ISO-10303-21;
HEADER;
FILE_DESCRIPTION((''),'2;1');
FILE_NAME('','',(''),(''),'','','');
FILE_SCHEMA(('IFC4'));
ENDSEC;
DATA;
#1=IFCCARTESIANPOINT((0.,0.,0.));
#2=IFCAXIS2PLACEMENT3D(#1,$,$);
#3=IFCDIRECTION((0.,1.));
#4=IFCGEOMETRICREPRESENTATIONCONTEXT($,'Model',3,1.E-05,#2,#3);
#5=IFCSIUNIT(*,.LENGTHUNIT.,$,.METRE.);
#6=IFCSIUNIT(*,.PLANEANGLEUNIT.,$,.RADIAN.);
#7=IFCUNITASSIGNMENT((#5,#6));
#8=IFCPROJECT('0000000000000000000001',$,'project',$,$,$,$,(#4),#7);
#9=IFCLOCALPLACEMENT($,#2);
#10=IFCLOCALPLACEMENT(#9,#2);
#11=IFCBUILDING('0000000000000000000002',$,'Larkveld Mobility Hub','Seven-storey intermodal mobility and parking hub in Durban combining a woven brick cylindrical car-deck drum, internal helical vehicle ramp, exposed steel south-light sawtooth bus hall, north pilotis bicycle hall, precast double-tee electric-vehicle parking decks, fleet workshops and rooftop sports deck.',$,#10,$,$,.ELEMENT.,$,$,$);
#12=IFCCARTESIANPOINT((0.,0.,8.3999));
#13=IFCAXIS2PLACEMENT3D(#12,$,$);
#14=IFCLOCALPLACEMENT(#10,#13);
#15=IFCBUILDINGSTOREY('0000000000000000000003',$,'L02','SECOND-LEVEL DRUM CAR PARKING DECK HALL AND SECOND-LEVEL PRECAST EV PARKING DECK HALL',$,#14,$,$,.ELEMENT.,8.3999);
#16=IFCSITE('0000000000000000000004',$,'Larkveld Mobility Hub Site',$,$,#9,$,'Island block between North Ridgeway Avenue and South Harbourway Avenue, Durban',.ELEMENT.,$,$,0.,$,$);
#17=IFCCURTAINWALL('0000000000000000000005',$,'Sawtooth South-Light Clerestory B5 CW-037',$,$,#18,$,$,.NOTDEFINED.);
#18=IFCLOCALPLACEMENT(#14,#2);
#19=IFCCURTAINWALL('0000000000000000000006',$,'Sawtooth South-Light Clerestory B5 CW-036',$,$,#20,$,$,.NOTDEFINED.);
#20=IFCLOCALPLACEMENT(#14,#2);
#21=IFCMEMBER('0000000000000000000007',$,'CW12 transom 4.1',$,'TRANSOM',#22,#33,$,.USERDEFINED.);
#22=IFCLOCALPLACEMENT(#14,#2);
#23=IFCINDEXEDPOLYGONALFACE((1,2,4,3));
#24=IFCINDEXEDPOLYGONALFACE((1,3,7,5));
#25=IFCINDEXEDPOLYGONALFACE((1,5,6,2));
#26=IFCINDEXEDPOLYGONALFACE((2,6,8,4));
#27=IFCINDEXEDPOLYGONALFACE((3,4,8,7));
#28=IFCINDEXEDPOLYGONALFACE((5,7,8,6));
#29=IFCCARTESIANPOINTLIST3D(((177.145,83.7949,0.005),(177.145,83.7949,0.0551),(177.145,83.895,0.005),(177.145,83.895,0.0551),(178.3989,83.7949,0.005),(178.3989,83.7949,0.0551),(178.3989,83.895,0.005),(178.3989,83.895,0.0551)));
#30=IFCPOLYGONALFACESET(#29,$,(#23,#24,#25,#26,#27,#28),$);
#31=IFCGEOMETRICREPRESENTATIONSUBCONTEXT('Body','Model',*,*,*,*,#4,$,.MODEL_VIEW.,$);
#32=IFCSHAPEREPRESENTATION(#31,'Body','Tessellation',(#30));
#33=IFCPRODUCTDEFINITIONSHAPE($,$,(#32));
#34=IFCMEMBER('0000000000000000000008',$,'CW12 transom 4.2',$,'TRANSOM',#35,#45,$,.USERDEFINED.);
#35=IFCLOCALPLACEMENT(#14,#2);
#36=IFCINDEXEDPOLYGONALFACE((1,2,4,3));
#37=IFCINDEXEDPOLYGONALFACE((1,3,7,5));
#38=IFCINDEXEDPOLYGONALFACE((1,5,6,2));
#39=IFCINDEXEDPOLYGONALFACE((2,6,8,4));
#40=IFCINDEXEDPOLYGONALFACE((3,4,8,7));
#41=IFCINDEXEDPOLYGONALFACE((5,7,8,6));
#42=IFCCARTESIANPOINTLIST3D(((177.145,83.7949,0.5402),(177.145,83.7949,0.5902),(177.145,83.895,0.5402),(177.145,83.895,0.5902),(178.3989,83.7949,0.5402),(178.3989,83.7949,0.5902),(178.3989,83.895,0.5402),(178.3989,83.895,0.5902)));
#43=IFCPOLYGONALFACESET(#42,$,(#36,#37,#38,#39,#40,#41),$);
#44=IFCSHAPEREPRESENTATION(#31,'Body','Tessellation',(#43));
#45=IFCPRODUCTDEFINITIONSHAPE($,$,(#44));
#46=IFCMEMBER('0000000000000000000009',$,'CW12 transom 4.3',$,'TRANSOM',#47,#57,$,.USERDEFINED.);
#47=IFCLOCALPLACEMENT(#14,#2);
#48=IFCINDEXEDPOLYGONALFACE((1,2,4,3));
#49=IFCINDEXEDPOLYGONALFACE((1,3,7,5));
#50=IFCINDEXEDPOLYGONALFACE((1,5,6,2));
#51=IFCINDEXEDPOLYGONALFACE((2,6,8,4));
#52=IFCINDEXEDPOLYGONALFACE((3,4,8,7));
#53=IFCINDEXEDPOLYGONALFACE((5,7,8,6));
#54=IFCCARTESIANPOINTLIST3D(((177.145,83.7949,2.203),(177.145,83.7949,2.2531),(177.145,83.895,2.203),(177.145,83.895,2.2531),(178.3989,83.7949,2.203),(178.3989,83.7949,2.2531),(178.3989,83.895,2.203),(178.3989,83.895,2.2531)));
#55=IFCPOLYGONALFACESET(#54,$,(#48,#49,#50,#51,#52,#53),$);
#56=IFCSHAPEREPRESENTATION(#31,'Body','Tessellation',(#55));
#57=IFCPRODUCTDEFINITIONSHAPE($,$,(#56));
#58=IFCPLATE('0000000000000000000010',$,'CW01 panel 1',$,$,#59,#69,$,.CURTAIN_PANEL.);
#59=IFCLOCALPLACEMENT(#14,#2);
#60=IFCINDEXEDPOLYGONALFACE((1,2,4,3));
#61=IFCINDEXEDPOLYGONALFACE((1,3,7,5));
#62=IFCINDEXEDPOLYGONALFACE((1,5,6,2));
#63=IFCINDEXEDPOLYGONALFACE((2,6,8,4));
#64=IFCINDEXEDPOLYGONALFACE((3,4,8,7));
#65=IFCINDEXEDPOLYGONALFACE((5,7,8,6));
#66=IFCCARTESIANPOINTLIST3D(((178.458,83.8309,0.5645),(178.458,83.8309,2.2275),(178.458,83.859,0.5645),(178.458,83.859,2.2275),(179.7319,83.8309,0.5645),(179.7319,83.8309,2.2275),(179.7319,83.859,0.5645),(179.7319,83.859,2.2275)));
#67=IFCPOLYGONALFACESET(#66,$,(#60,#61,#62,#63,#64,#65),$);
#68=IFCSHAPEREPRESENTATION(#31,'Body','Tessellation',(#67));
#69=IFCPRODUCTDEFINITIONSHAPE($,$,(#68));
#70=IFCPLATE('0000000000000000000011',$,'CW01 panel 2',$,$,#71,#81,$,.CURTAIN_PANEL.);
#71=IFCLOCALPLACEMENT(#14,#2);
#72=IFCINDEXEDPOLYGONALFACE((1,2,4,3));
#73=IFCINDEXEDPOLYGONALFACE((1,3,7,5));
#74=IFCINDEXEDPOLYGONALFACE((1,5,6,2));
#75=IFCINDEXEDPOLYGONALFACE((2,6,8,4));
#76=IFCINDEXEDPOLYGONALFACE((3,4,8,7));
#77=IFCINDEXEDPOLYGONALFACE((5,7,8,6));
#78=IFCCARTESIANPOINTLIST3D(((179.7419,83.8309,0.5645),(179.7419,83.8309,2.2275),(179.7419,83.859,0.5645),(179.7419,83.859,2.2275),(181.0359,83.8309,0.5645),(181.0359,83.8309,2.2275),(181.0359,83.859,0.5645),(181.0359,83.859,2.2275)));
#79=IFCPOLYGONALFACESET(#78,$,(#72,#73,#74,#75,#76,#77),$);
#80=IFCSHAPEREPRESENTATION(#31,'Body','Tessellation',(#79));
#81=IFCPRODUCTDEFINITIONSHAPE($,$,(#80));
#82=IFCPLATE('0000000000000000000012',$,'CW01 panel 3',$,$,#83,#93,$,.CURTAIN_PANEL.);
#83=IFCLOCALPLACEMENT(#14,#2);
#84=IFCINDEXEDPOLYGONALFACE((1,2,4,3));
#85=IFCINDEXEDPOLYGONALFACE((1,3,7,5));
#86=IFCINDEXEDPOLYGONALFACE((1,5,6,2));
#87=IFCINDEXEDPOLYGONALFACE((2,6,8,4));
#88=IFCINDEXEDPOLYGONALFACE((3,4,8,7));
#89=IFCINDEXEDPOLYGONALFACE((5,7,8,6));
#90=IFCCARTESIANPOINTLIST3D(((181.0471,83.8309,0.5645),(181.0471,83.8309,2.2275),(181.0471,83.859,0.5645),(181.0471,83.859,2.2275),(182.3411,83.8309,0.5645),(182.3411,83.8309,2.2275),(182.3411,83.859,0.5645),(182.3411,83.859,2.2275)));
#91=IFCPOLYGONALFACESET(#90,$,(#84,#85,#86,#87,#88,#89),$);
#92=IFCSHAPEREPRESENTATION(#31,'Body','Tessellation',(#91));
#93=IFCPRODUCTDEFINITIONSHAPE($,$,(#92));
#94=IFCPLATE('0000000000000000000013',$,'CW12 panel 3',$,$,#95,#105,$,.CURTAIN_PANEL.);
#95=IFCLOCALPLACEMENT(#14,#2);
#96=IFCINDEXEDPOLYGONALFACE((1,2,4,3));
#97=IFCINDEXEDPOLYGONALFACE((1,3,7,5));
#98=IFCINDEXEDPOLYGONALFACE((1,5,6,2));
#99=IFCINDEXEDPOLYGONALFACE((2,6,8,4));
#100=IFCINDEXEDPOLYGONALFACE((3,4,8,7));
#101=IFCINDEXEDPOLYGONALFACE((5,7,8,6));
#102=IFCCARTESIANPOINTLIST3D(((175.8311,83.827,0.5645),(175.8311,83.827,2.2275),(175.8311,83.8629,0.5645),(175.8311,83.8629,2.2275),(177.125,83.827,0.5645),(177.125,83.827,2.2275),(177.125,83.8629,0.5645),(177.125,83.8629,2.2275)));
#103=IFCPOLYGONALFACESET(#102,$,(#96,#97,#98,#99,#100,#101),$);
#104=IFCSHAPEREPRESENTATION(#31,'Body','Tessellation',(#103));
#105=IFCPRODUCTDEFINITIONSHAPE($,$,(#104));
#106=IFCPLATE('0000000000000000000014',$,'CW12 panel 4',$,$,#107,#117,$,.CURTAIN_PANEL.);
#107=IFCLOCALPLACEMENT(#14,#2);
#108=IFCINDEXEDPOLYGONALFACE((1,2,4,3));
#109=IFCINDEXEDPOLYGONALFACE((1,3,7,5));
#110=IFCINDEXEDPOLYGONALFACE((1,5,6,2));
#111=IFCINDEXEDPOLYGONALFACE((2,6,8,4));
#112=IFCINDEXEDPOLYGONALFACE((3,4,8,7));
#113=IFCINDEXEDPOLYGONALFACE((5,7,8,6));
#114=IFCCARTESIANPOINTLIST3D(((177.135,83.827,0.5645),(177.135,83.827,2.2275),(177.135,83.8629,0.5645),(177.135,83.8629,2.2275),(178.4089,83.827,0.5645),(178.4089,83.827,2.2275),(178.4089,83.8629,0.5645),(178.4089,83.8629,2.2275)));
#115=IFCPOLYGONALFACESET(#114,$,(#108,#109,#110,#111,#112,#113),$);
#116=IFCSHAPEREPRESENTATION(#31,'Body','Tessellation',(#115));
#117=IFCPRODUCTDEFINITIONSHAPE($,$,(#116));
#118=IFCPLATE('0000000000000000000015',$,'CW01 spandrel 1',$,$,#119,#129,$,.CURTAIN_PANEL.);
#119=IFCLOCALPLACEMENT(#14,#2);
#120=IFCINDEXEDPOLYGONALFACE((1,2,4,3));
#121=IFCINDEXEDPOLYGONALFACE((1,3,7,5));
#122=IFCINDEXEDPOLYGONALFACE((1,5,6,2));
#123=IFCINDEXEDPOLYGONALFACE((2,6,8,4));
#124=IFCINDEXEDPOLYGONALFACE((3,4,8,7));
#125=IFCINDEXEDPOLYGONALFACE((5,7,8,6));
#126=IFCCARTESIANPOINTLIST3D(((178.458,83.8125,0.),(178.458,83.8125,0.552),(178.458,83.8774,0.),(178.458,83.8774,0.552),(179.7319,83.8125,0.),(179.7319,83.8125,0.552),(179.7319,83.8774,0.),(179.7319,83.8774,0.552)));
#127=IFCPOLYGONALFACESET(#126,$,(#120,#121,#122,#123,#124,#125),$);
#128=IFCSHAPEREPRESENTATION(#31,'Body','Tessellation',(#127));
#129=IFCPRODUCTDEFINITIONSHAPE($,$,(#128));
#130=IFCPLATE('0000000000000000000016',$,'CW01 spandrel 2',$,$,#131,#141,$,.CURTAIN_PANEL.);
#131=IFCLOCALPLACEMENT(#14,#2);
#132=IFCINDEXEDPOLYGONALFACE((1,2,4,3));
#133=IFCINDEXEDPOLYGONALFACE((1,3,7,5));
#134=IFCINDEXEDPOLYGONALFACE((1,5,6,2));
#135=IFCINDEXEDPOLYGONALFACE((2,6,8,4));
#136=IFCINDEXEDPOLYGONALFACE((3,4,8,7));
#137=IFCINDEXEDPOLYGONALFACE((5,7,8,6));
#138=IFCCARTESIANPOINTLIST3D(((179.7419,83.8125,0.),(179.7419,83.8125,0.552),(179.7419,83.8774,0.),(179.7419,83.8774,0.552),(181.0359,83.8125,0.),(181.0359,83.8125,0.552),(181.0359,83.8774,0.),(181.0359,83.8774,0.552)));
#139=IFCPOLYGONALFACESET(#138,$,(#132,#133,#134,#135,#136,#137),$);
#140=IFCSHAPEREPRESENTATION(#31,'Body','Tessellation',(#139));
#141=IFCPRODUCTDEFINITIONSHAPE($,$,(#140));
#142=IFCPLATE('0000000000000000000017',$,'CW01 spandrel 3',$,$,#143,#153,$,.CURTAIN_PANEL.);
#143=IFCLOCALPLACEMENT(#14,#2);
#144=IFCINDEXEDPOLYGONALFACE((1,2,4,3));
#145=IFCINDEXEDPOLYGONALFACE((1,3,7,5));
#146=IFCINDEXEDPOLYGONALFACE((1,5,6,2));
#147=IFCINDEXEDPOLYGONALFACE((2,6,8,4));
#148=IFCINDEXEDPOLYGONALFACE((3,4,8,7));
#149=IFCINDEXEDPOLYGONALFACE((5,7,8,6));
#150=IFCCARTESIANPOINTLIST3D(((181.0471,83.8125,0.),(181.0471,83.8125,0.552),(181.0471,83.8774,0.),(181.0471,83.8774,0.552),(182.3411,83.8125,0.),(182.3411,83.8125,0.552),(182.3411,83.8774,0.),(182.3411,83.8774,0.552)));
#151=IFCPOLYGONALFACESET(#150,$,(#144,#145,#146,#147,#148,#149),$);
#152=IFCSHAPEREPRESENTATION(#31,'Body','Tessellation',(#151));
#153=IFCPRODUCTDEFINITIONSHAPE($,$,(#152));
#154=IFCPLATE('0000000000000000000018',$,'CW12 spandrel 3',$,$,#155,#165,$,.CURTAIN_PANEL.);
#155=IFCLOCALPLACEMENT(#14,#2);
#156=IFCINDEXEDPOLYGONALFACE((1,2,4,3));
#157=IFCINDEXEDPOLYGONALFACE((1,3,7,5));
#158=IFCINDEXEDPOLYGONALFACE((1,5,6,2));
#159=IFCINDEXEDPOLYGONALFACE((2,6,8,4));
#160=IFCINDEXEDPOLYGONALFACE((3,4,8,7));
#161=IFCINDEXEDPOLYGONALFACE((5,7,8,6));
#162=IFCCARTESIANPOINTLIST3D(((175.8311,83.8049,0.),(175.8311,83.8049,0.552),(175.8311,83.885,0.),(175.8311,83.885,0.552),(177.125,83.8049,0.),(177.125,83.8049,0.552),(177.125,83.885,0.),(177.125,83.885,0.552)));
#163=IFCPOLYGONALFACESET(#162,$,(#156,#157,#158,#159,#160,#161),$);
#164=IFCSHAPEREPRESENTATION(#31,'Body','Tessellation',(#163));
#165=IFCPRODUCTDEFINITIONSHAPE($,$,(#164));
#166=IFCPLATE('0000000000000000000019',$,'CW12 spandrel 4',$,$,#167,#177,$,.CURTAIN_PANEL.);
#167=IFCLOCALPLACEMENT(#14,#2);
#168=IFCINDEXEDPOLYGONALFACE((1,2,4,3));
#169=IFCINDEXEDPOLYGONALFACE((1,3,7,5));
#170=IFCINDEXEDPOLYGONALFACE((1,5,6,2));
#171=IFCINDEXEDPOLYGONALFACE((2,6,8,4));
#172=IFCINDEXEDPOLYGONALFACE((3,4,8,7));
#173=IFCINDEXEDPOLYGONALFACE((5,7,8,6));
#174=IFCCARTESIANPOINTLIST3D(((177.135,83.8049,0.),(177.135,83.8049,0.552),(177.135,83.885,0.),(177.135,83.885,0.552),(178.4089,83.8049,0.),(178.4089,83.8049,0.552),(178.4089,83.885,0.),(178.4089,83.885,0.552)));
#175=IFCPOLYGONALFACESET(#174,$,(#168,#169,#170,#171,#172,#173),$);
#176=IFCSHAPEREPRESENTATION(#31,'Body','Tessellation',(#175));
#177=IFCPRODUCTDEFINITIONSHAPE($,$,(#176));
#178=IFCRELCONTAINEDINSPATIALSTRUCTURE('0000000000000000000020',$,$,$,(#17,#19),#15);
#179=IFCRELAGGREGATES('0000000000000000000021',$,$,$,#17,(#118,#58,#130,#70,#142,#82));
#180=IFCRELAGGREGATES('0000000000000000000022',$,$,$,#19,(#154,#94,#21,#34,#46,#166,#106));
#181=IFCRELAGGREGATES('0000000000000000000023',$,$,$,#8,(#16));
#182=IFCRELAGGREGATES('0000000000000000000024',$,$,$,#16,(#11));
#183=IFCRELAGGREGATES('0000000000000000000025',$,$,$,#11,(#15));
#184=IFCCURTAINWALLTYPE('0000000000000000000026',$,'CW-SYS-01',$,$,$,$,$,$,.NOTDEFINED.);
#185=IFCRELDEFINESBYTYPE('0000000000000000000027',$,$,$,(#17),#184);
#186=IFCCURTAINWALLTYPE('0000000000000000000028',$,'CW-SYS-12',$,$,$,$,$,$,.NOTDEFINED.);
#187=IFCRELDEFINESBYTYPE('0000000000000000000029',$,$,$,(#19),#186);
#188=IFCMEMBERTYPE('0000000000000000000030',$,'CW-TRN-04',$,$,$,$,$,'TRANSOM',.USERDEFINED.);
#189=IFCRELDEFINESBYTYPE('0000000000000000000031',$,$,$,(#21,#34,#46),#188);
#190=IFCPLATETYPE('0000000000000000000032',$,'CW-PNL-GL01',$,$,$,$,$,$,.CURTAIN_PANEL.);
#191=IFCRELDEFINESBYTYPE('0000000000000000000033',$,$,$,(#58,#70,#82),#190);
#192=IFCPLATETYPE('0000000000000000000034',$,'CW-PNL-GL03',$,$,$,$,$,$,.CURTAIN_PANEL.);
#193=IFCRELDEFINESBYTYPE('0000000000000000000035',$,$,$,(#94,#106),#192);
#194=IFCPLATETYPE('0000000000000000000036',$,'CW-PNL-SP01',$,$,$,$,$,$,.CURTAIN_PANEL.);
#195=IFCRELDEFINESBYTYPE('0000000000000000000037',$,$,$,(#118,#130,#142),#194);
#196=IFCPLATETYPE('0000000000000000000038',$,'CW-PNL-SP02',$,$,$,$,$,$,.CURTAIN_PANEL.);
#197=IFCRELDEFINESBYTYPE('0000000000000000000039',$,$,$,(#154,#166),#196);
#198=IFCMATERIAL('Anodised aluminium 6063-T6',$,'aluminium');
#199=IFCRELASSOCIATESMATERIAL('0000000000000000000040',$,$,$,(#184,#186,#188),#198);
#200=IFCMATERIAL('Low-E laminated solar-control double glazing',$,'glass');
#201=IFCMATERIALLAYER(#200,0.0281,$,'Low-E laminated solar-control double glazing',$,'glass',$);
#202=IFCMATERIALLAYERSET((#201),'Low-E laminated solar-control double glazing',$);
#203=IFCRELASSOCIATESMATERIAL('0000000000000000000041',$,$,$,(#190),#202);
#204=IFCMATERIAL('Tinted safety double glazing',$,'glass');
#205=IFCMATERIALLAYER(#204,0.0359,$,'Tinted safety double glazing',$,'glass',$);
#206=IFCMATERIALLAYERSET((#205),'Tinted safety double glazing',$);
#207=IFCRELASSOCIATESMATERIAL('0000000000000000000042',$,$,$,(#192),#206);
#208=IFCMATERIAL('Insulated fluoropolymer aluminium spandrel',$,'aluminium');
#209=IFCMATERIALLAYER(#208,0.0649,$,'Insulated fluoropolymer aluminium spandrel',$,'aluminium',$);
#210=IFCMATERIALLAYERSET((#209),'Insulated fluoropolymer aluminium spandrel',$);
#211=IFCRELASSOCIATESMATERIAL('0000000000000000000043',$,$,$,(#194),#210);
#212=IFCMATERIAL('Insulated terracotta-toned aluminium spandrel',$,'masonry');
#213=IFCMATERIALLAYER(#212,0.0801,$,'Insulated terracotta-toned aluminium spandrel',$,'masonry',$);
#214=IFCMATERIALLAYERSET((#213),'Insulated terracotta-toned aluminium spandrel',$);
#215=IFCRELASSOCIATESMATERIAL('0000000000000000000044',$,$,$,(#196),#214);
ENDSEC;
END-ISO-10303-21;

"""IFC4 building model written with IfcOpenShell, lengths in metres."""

from ifc_helpers import new_model, si_unit, direction, frame, origin, origin_2d, place, context, subcontext, project, spatial, rectangle, extrude, material, layer, layer_set, material_profile, profile_set, type_object, element, aggregate, save


model = new_model("IFC4")

# Units and contexts
model_context = context("Model", 3, precision=1e-05, world=origin(), true_north=direction((0.0, 1.0)))
body_context = subcontext(model_context, "Body", "Model", "MODEL_VIEW")
ifc_project = project(units=[si_unit("LENGTHUNIT", "METRE"), si_unit("PLANEANGLEUNIT", "RADIAN")], contexts=[model_context])

# Site, building, storey
site_placement = place(None, origin())
site = spatial("IfcSite", under=ifc_project, at=site_placement, Name="Larkveld Mobility Hub Site", LongName="Island block between North Ridgeway Avenue and South Harbourway Avenue, Durban", CompositionType="ELEMENT", RefElevation=0.0)
building_placement = place(site_placement, origin())
building = spatial("IfcBuilding", under=site, at=building_placement, Name="Larkveld Mobility Hub", Description="Seven-storey intermodal mobility and parking hub in Durban combining a woven brick cylindrical car-deck drum, internal helical vehicle ramp, exposed steel south-light sawtooth bus hall, north pilotis bicycle hall, precast double-tee electric-vehicle parking decks, fleet workshops and rooftop sports deck.", CompositionType="ELEMENT")
storey_placement = place(building_placement, frame((0.0, 0.0, 8.3999)))
storey = spatial("IfcBuildingStorey", under=building, at=storey_placement, Name="L02", Description="SECOND-LEVEL DRUM CAR PARKING DECK HALL AND SECOND-LEVEL PRECAST EV PARKING DECK HALL", CompositionType="ELEMENT", Elevation=8.3999)

# Curtain walls
ifc_material_1 = material(Name="Anodised aluminium 6063-T6", Category="aluminium")
curtain_wall_type_1 = type_object("IfcCurtainWallType", Name="CW-SYS-01", PredefinedType="NOTDEFINED", material=ifc_material_1)
curtain_wall_1_placement = place(storey_placement, origin())
curtain_wall_1 = element("IfcCurtainWall", 1, at=curtain_wall_1_placement, inside=storey, type_object=curtain_wall_type_1, Name="Sawtooth South-Light Clerestory B5 CW-037", PredefinedType="NOTDEFINED")
curtain_wall_type_2 = type_object("IfcCurtainWallType", Name="CW-SYS-12", PredefinedType="NOTDEFINED", material=ifc_material_1)
curtain_wall_2_placement = place(storey_placement, origin())
curtain_wall_2 = element("IfcCurtainWall", 2, at=curtain_wall_2_placement, inside=storey, type_object=curtain_wall_type_2, Name="Sawtooth South-Light Clerestory B5 CW-036", PredefinedType="NOTDEFINED")

# Members
ifc_material_profile_1 = material_profile(ifc_material_1, rectangle(XDim=0.1001, YDim=0.05, at=origin_2d()), Name="ALU TRAN 50x100")
ifc_profile_set_1 = profile_set([ifc_material_profile_1], Name="Anodised aluminium 6063-T6")
member_type_1 = type_object("IfcMemberType", Name="CW-TRN-04", ElementType="TRANSOM", PredefinedType="USERDEFINED", material=ifc_profile_set_1)
member_1_placement = place(storey_placement, frame((177.145, 83.845, 0.03), z_axis=(1.0, 0.0, 0.0), x_axis=(0.0, 1.0, 0.0)))
member_1 = element("IfcMember", 3, at=member_1_placement, type_object=member_type_1, Name="CW12 transom 4.1", ObjectType="TRANSOM", PredefinedType="USERDEFINED", context=body_context, shape_type="SweptSolid", body=[
    extrude(rectangle(XDim=0.1001, YDim=0.05, at=origin_2d()), origin(), (0.0, 0.0, 1.0), 1.2539),
])
member_2_placement = place(storey_placement, frame((177.145, 83.845, 0.5652), z_axis=(1.0, 0.0, 0.0), x_axis=(0.0, 1.0, 0.0)))
member_2 = element("IfcMember", 4, at=member_2_placement, type_object=member_type_1, Name="CW12 transom 4.2", ObjectType="TRANSOM", PredefinedType="USERDEFINED", context=body_context, shape_type="SweptSolid", body=[
    extrude(rectangle(XDim=0.1001, YDim=0.05, at=origin_2d()), origin(), (0.0, 0.0, 1.0), 1.2539),
])
member_3_placement = place(storey_placement, frame((177.145, 83.845, 2.228), z_axis=(1.0, 0.0, 0.0), x_axis=(0.0, 1.0, 0.0)))
member_3 = element("IfcMember", 5, at=member_3_placement, type_object=member_type_1, Name="CW12 transom 4.3", ObjectType="TRANSOM", PredefinedType="USERDEFINED", context=body_context, shape_type="SweptSolid", body=[
    extrude(rectangle(XDim=0.1001, YDim=0.05, at=origin_2d()), origin(), (0.0, 0.0, 1.0), 1.2539),
])

# Plates
ifc_material_2 = material(Name="Low-E laminated solar-control double glazing", Category="glass")
ifc_layer_1 = layer(ifc_material_2, 0.0281, Name="Low-E laminated solar-control double glazing", Category="glass")
ifc_layer_set_1 = layer_set([ifc_layer_1], Name="Low-E laminated solar-control double glazing")
plate_type_1 = type_object("IfcPlateType", Name="CW-PNL-GL01", PredefinedType="CURTAIN_PANEL", material=ifc_layer_set_1)
plate_1_placement = place(storey_placement, frame((179.095, 83.845, 0.5645), z_axis=(0.0, 0.0, 1.0), x_axis=(1.0, 0.0, 0.0)))
plate_1 = element("IfcPlate", 6, at=plate_1_placement, type_object=plate_type_1, Name="CW01 panel 1", PredefinedType="CURTAIN_PANEL", context=body_context, shape_type="SweptSolid", body=[
    extrude(rectangle(XDim=1.2739, YDim=0.0281, at=origin_2d()), origin(), (0.0, 0.0, 1.0), 1.6631),
])
plate_2_placement = place(storey_placement, frame((180.3889, 83.845, 0.5645), z_axis=(0.0, 0.0, 1.0), x_axis=(1.0, 0.0, 0.0)))
plate_2 = element("IfcPlate", 7, at=plate_2_placement, type_object=plate_type_1, Name="CW01 panel 2", PredefinedType="CURTAIN_PANEL", context=body_context, shape_type="SweptSolid", body=[
    extrude(rectangle(XDim=1.2939, YDim=0.0281, at=origin_2d()), origin(), (0.0, 0.0, 1.0), 1.6631),
])
plate_3_placement = place(storey_placement, frame((181.6941, 83.845, 0.5645), z_axis=(0.0, 0.0, 1.0), x_axis=(1.0, 0.0, 0.0)))
plate_3 = element("IfcPlate", 8, at=plate_3_placement, type_object=plate_type_1, Name="CW01 panel 3", PredefinedType="CURTAIN_PANEL", context=body_context, shape_type="SweptSolid", body=[
    extrude(rectangle(XDim=1.2939, YDim=0.0281, at=origin_2d()), origin(), (0.0, 0.0, 1.0), 1.6631),
])
ifc_material_3 = material(Name="Tinted safety double glazing", Category="glass")
ifc_layer_2 = layer(ifc_material_3, 0.0359, Name="Tinted safety double glazing", Category="glass")
ifc_layer_set_2 = layer_set([ifc_layer_2], Name="Tinted safety double glazing")
plate_type_2 = type_object("IfcPlateType", Name="CW-PNL-GL03", PredefinedType="CURTAIN_PANEL", material=ifc_layer_set_2)
plate_4_placement = place(storey_placement, frame((176.478, 83.845, 0.5645), z_axis=(0.0, 0.0, 1.0), x_axis=(1.0, 0.0, 0.0)))
plate_4 = element("IfcPlate", 9, at=plate_4_placement, type_object=plate_type_2, Name="CW12 panel 3", PredefinedType="CURTAIN_PANEL", context=body_context, shape_type="SweptSolid", body=[
    extrude(rectangle(XDim=1.2939, YDim=0.0359, at=origin_2d()), origin(), (0.0, 0.0, 1.0), 1.6631),
])
plate_5_placement = place(storey_placement, frame((177.772, 83.845, 0.5645), z_axis=(0.0, 0.0, 1.0), x_axis=(1.0, 0.0, 0.0)))
plate_5 = element("IfcPlate", 10, at=plate_5_placement, type_object=plate_type_2, Name="CW12 panel 4", PredefinedType="CURTAIN_PANEL", context=body_context, shape_type="SweptSolid", body=[
    extrude(rectangle(XDim=1.2739, YDim=0.0359, at=origin_2d()), origin(), (0.0, 0.0, 1.0), 1.6631),
])
ifc_material_4 = material(Name="Insulated fluoropolymer aluminium spandrel", Category="aluminium")
ifc_layer_3 = layer(ifc_material_4, 0.0649, Name="Insulated fluoropolymer aluminium spandrel", Category="aluminium")
ifc_layer_set_3 = layer_set([ifc_layer_3], Name="Insulated fluoropolymer aluminium spandrel")
plate_type_3 = type_object("IfcPlateType", Name="CW-PNL-SP01", PredefinedType="CURTAIN_PANEL", material=ifc_layer_set_3)
plate_6_placement = place(storey_placement, frame((179.095, 83.845, 0.0), z_axis=(0.0, 0.0, 1.0), x_axis=(1.0, 0.0, 0.0)))
plate_6 = element("IfcPlate", 11, at=plate_6_placement, type_object=plate_type_3, Name="CW01 spandrel 1", PredefinedType="CURTAIN_PANEL", context=body_context, shape_type="SweptSolid", body=[
    extrude(rectangle(XDim=1.2739, YDim=0.0649, at=origin_2d()), origin(), (0.0, 0.0, 1.0), 0.552),
])
plate_7_placement = place(storey_placement, frame((180.3889, 83.845, 0.0), z_axis=(0.0, 0.0, 1.0), x_axis=(1.0, 0.0, 0.0)))
plate_7 = element("IfcPlate", 12, at=plate_7_placement, type_object=plate_type_3, Name="CW01 spandrel 2", PredefinedType="CURTAIN_PANEL", context=body_context, shape_type="SweptSolid", body=[
    extrude(rectangle(XDim=1.2939, YDim=0.0649, at=origin_2d()), origin(), (0.0, 0.0, 1.0), 0.552),
])
plate_8_placement = place(storey_placement, frame((181.6941, 83.845, 0.0), z_axis=(0.0, 0.0, 1.0), x_axis=(1.0, 0.0, 0.0)))
plate_8 = element("IfcPlate", 13, at=plate_8_placement, type_object=plate_type_3, Name="CW01 spandrel 3", PredefinedType="CURTAIN_PANEL", context=body_context, shape_type="SweptSolid", body=[
    extrude(rectangle(XDim=1.2939, YDim=0.0649, at=origin_2d()), origin(), (0.0, 0.0, 1.0), 0.552),
])
aggregate(curtain_wall_1, [plate_6, plate_1, plate_7, plate_2, plate_8, plate_3])
ifc_material_5 = material(Name="Insulated terracotta-toned aluminium spandrel", Category="masonry")
ifc_layer_4 = layer(ifc_material_5, 0.0801, Name="Insulated terracotta-toned aluminium spandrel", Category="masonry")
ifc_layer_set_4 = layer_set([ifc_layer_4], Name="Insulated terracotta-toned aluminium spandrel")
plate_type_4 = type_object("IfcPlateType", Name="CW-PNL-SP02", PredefinedType="CURTAIN_PANEL", material=ifc_layer_set_4)
plate_9_placement = place(storey_placement, frame((176.478, 83.845, 0.0), z_axis=(0.0, 0.0, 1.0), x_axis=(1.0, 0.0, 0.0)))
plate_9 = element("IfcPlate", 14, at=plate_9_placement, type_object=plate_type_4, Name="CW12 spandrel 3", PredefinedType="CURTAIN_PANEL", context=body_context, shape_type="SweptSolid", body=[
    extrude(rectangle(XDim=1.2939, YDim=0.0801, at=origin_2d()), origin(), (0.0, 0.0, 1.0), 0.552),
])
plate_10_placement = place(storey_placement, frame((177.772, 83.845, 0.0), z_axis=(0.0, 0.0, 1.0), x_axis=(1.0, 0.0, 0.0)))
plate_10 = element("IfcPlate", 15, at=plate_10_placement, type_object=plate_type_4, Name="CW12 spandrel 4", PredefinedType="CURTAIN_PANEL", context=body_context, shape_type="SweptSolid", body=[
    extrude(rectangle(XDim=1.2739, YDim=0.0801, at=origin_2d()), origin(), (0.0, 0.0, 1.0), 0.552),
])
aggregate(curtain_wall_2, [plate_9, plate_4, member_1, member_2, member_3, plate_10, plate_5])

save(model, "model.ifc")
